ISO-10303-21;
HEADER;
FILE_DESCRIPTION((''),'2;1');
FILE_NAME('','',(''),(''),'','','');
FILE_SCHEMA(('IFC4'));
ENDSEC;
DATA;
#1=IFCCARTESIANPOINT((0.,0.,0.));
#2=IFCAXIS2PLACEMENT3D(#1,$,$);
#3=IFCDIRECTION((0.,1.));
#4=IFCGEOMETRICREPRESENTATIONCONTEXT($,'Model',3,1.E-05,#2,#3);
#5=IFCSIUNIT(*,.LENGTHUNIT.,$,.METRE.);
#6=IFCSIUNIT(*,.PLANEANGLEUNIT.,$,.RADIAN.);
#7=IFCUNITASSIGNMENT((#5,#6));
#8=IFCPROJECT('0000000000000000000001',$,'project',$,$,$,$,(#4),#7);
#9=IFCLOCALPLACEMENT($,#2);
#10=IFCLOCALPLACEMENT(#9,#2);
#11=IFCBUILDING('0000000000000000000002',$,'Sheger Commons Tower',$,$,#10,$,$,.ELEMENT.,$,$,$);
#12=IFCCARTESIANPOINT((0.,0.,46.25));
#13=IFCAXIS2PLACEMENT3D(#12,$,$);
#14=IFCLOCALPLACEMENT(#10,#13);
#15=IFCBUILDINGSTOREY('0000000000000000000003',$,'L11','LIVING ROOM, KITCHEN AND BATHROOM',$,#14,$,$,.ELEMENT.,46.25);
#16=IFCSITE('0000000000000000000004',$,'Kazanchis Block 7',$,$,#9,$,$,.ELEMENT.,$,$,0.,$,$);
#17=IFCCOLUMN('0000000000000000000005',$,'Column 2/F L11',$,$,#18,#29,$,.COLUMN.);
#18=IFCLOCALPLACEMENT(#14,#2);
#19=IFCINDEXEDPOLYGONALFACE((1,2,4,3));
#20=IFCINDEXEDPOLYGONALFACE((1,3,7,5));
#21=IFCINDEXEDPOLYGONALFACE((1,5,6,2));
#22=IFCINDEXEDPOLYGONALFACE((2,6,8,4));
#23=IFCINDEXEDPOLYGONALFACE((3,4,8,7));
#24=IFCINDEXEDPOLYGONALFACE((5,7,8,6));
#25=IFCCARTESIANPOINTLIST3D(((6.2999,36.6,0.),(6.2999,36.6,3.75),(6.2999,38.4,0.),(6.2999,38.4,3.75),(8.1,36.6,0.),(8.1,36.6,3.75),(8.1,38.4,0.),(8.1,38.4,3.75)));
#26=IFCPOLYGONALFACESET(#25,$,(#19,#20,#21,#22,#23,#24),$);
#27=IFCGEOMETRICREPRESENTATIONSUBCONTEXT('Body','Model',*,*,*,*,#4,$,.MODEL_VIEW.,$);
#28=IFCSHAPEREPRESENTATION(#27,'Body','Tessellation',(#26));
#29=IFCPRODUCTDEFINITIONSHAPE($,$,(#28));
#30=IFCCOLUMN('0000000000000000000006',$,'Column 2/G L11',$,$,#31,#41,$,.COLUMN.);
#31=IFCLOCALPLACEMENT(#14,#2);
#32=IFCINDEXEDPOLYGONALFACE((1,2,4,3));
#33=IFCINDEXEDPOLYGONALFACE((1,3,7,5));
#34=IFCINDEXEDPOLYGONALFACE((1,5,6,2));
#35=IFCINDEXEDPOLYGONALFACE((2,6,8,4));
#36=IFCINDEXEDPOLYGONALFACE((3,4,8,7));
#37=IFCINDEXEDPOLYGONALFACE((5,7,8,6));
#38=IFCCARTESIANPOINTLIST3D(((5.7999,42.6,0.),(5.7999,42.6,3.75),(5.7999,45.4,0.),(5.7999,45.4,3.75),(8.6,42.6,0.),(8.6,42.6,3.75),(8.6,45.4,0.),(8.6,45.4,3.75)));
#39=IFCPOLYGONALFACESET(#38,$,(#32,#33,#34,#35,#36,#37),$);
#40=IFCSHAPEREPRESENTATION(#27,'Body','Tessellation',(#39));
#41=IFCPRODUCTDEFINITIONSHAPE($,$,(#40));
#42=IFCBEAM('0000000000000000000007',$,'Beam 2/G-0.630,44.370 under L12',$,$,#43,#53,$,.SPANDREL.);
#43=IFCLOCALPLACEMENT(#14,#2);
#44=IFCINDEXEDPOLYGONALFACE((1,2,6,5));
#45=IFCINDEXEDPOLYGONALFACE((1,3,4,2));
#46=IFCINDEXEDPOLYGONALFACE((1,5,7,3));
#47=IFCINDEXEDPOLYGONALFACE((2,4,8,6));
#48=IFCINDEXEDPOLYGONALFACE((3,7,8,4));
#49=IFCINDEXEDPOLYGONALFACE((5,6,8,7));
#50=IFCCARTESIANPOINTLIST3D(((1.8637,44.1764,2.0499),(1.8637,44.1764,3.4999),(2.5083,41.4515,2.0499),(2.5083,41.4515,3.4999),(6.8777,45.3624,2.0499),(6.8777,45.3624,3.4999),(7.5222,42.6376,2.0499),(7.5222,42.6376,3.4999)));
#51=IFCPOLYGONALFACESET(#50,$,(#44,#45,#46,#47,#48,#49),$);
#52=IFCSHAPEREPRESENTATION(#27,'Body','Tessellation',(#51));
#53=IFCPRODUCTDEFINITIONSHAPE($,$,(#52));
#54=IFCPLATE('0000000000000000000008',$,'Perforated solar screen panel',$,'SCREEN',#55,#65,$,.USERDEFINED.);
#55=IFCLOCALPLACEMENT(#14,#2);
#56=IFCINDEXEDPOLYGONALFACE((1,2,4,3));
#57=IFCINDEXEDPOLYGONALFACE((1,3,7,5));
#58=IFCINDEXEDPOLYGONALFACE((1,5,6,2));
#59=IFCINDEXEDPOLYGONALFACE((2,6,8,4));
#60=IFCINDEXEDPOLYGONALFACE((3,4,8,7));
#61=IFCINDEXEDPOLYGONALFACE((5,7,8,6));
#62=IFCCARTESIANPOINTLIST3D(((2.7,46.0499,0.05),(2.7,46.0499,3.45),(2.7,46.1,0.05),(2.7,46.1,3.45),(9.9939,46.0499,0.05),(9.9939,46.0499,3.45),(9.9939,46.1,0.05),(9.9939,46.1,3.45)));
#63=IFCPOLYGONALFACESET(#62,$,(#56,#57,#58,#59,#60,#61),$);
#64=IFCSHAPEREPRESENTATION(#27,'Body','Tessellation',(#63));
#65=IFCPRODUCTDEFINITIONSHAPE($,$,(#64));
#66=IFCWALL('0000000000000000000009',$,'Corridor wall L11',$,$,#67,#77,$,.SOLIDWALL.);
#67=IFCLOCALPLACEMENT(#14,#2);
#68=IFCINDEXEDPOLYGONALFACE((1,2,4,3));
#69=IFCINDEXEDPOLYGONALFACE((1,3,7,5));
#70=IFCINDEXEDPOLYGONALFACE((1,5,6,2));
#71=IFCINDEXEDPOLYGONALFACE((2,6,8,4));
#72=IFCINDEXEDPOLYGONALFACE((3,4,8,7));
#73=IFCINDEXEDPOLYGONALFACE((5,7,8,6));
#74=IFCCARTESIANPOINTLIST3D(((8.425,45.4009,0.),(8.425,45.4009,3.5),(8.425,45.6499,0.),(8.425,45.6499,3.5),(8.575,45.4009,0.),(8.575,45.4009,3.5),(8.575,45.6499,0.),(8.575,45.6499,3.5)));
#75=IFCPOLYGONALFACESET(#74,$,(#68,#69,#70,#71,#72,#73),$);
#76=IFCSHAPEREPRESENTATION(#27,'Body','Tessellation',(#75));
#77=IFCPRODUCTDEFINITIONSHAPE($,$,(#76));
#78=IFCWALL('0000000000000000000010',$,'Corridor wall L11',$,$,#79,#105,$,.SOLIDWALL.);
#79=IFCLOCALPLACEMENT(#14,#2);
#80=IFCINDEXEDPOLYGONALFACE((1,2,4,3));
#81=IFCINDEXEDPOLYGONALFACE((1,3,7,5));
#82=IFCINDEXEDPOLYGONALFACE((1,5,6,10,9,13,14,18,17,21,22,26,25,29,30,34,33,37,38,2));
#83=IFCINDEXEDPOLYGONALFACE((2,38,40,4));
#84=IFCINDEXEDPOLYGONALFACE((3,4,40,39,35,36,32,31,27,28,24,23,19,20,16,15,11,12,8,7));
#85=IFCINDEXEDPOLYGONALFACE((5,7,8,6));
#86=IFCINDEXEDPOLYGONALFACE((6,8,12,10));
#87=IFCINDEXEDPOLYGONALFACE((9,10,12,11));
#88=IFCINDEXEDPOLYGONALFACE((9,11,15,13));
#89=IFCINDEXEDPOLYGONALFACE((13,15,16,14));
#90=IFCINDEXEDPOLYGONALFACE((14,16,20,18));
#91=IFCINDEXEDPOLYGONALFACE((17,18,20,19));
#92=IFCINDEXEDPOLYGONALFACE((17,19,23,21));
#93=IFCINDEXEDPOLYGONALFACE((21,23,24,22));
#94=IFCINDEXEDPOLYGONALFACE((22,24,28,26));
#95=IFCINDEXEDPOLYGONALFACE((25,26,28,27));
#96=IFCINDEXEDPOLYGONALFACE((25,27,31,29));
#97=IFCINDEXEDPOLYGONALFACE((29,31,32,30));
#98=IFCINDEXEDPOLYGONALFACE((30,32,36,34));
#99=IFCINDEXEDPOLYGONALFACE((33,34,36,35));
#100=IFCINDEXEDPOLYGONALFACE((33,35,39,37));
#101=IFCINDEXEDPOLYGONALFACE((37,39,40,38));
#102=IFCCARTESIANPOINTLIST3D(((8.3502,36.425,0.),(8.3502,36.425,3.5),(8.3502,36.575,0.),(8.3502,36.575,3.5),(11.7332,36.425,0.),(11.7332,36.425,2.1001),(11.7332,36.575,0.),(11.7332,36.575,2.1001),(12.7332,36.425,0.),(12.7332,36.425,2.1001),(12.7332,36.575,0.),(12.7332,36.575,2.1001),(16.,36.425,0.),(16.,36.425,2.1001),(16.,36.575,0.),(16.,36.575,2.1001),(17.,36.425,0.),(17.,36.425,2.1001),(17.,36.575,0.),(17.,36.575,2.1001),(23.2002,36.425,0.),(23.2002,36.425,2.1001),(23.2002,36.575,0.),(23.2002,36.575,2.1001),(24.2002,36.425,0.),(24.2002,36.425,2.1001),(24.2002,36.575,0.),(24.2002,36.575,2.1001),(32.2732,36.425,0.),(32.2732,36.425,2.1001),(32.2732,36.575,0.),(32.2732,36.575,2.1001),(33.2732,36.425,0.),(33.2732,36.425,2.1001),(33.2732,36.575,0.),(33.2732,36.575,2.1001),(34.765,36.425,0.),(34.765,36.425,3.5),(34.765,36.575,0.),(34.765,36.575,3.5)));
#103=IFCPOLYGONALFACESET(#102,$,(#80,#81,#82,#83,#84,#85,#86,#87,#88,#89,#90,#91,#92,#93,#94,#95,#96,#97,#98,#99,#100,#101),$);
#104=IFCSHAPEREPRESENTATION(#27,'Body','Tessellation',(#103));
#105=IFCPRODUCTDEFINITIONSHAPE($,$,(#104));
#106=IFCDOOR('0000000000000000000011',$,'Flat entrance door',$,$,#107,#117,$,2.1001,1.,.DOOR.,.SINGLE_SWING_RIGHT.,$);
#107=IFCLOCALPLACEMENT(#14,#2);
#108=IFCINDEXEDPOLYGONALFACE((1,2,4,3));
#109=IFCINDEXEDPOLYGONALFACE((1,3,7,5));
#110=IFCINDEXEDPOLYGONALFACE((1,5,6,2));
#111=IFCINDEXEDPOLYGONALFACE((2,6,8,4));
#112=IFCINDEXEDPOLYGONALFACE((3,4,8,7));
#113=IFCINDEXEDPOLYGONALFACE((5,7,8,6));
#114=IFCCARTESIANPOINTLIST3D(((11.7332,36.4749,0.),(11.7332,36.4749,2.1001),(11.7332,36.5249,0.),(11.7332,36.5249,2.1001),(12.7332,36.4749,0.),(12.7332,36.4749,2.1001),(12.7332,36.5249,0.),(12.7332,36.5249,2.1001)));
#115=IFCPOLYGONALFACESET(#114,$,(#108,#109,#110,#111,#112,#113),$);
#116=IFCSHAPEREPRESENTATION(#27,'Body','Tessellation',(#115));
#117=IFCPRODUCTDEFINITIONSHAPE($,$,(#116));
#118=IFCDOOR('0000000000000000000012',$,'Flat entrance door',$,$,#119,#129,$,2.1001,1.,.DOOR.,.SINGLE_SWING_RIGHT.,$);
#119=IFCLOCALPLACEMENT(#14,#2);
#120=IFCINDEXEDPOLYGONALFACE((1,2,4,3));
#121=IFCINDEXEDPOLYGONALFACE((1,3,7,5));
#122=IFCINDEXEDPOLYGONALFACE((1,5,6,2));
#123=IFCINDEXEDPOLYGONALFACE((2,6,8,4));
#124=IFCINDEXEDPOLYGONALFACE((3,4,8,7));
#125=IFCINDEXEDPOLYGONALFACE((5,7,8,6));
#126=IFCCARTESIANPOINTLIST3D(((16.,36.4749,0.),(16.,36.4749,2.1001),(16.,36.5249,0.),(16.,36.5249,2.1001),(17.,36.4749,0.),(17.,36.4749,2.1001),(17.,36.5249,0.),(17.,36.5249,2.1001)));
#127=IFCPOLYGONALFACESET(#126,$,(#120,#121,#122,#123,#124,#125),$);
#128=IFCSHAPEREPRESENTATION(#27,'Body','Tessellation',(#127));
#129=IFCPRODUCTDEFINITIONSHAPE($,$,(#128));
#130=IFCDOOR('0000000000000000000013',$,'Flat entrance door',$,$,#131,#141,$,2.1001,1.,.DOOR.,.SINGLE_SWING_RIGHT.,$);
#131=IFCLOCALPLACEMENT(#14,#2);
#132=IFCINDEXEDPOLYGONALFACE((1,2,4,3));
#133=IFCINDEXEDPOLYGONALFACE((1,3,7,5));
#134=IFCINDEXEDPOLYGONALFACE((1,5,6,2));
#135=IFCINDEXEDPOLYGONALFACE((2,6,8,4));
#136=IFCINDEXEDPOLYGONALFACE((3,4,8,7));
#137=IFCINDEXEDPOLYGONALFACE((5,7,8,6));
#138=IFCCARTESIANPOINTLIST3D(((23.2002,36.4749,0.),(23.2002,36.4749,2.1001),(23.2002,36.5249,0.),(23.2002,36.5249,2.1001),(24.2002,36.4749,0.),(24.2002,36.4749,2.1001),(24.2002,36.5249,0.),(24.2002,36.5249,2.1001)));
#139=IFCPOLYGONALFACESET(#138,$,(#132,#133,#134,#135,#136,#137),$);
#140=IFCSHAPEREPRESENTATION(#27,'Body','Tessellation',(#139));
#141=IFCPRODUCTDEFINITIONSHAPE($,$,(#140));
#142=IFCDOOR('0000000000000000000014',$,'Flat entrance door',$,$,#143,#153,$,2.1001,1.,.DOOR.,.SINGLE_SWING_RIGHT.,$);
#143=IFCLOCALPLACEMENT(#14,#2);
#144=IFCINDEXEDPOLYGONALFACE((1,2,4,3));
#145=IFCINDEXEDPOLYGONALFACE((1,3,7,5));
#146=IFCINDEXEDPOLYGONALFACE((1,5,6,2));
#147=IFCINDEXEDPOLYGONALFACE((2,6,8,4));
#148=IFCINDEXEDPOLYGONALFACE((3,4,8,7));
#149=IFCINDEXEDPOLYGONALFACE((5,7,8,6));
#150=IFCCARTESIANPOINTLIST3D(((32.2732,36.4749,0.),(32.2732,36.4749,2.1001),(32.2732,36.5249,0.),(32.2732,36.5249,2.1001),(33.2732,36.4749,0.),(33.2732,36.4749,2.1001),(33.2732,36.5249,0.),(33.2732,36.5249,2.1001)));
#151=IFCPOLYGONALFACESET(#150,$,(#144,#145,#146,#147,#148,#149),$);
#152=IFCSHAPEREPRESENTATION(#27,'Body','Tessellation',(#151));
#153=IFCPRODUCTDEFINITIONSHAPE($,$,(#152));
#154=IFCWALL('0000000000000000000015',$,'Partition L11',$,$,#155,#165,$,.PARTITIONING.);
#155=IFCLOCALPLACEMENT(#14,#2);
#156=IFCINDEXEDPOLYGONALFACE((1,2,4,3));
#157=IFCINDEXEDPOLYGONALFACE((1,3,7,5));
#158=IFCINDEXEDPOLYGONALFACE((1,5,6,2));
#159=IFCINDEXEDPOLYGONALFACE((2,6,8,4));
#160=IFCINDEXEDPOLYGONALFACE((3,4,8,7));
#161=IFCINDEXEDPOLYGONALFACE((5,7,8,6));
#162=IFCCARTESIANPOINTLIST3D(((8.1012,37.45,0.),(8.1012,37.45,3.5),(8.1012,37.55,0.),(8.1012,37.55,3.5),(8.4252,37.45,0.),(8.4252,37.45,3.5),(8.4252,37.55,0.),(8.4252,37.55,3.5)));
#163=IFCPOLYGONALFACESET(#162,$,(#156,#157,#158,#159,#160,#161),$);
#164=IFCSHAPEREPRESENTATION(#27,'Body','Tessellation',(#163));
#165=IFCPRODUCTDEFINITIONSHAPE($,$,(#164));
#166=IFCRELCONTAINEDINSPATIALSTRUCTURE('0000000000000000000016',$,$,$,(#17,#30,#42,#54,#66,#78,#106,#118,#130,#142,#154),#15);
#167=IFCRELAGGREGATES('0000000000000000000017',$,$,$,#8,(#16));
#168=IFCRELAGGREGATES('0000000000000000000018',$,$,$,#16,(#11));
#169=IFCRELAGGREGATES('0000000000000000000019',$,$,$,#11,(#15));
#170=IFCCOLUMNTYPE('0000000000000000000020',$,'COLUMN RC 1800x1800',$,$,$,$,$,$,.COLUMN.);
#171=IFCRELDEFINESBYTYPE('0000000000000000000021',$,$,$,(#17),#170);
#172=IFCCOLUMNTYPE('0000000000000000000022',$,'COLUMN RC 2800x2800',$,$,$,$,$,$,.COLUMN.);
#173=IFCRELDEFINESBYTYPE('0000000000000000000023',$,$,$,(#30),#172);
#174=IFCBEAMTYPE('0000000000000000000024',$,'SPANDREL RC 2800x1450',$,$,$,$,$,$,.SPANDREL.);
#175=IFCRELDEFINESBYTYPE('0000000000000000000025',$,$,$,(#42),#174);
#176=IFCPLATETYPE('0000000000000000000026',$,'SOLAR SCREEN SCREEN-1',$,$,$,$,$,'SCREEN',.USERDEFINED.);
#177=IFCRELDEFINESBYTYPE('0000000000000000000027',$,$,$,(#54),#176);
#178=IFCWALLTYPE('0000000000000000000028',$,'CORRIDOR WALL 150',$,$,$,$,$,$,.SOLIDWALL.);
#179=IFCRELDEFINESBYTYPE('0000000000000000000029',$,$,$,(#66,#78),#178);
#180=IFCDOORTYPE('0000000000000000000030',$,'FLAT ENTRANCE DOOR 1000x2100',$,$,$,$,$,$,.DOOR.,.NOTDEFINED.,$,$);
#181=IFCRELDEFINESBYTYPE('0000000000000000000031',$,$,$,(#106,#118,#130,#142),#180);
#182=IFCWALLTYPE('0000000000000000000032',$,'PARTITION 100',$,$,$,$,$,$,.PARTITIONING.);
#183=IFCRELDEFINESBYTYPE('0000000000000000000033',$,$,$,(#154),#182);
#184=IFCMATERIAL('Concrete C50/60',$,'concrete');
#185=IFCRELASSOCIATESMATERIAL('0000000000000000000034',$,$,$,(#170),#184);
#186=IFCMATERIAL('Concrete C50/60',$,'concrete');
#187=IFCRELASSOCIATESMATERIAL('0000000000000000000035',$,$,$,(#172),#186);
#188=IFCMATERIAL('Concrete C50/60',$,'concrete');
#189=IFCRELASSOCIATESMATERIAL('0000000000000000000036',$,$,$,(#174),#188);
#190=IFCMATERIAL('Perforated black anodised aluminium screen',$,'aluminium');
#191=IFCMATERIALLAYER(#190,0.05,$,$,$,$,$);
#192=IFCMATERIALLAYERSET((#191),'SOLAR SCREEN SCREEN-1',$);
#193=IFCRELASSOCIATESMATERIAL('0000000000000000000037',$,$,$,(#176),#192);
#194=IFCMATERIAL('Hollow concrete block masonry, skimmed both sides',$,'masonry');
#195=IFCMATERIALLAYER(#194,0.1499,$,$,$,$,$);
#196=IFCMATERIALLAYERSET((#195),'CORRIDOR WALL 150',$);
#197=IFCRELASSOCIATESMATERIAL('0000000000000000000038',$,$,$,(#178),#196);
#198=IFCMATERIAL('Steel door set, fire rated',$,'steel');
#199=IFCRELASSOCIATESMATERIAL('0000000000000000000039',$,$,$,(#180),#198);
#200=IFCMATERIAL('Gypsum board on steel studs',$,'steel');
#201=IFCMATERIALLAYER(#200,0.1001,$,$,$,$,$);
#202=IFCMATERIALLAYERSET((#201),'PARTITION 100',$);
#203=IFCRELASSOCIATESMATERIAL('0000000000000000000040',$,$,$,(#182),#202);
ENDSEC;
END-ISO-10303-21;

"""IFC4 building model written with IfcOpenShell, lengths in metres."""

from ifc_helpers import new_model, si_unit, direction, frame, frame_2d, origin, origin_2d, place, context, subcontext, project, spatial, rectangle, extrude, material, layer, layer_set, material_profile, profile_set, type_object, element, fill, save


model = new_model("IFC4")

# Units and contexts
model_context = context("Model", 3, precision=1e-05, world=origin(), true_north=direction((0.0, 1.0)))
body_context = subcontext(model_context, "Body", "Model", "MODEL_VIEW")
ifc_project = project(units=[si_unit("LENGTHUNIT", "METRE"), si_unit("PLANEANGLEUNIT", "RADIAN")], contexts=[model_context])

# Site, building, storey
site_placement = place(None, origin())
site = spatial("IfcSite", under=ifc_project, at=site_placement, Name="Kazanchis Block 7", CompositionType="ELEMENT", RefElevation=0.0)
building_placement = place(site_placement, origin())
building = spatial("IfcBuilding", under=site, at=building_placement, Name="Sheger Commons Tower", CompositionType="ELEMENT")
storey_placement = place(building_placement, frame((0.0, 0.0, 46.25)))
storey = spatial("IfcBuildingStorey", under=building, at=storey_placement, Name="L11", Description="LIVING ROOM, KITCHEN AND BATHROOM", CompositionType="ELEMENT", Elevation=46.25)

# Columns
ifc_material_1 = material(Name="Concrete C50/60", Category="concrete")
ifc_material_profile_1 = material_profile(ifc_material_1, rectangle(XDim=1.8, YDim=1.8, at=origin_2d()), Name="RC 1800x1800")
ifc_profile_set_1 = profile_set([ifc_material_profile_1], Name="Concrete C50/60")
column_type_1 = type_object("IfcColumnType", Name="COLUMN RC 1800x1800", PredefinedType="COLUMN", material=ifc_profile_set_1)
column_1_placement = place(storey_placement, frame((7.2, 37.5, 0.0), z_axis=(0.0, 0.0, 1.0), x_axis=(1.0, 0.0, 0.0)))
element("IfcColumn", 1, at=column_1_placement, inside=storey, type_object=column_type_1, Name="Column 2/F L11", PredefinedType="COLUMN", context=body_context, shape_type="SweptSolid", body=[
    extrude(rectangle(XDim=1.8, YDim=1.8, at=origin_2d()), origin(), (0.0, 0.0, 1.0), 3.75),
])
ifc_material_2 = material(Name="Concrete C50/60", Category="concrete")
ifc_material_profile_2 = material_profile(ifc_material_2, rectangle(XDim=2.8, YDim=2.8, at=origin_2d()), Name="RC 2800x2800")
ifc_profile_set_2 = profile_set([ifc_material_profile_2], Name="Concrete C50/60")
column_type_2 = type_object("IfcColumnType", Name="COLUMN RC 2800x2800", PredefinedType="COLUMN", material=ifc_profile_set_2)
column_2_placement = place(storey_placement, frame((7.2, 44.0, 0.0), z_axis=(0.0, 0.0, 1.0), x_axis=(1.0, 0.0, 0.0)))
element("IfcColumn", 2, at=column_2_placement, inside=storey, type_object=column_type_2, Name="Column 2/G L11", PredefinedType="COLUMN", context=body_context, shape_type="SweptSolid", body=[
    extrude(rectangle(XDim=2.8, YDim=2.8, at=origin_2d()), origin(), (0.0, 0.0, 1.0), 3.75),
])

# Beam
ifc_material_3 = material(Name="Concrete C50/60", Category="concrete")
ifc_material_profile_3 = material_profile(ifc_material_3, rectangle(XDim=2.8, YDim=1.45, at=origin_2d()), Name="RC 2800x1450")
ifc_profile_set_3 = profile_set([ifc_material_profile_3], Name="Concrete C50/60")
beam_type = type_object("IfcBeamType", Name="SPANDREL RC 2800x1450", PredefinedType="SPANDREL", material=ifc_profile_set_3)
beam_placement = place(storey_placement, frame((7.2, 44.0, 2.7749), z_axis=(-0.973144, -0.230196, 0.0), x_axis=(0.230196, -0.973144, 0.0)))
element("IfcBeam", 3, at=beam_placement, inside=storey, type_object=beam_type, Name="Beam 2/G-0.630,44.370 under L12", PredefinedType="SPANDREL", context=body_context, shape_type="SweptSolid", body=[
    extrude(rectangle(XDim=2.8, YDim=1.45, at=origin_2d()), origin(), (0.0, 0.0, 1.0), 5.1523),
])

# Plate
ifc_material_4 = material(Name="Perforated black anodised aluminium screen", Category="aluminium")
ifc_layer_1 = layer(ifc_material_4, 0.05)
ifc_layer_set_1 = layer_set([ifc_layer_1], Name="SOLAR SCREEN SCREEN-1")
plate_type = type_object("IfcPlateType", Name="SOLAR SCREEN SCREEN-1", ElementType="SCREEN", PredefinedType="USERDEFINED", material=ifc_layer_set_1)
plate_placement = place(storey_placement, frame((6.3469, 46.075, 0.05), z_axis=(0.0, 0.0, 1.0), x_axis=(-1.0, 0.0, 0.0)))
element("IfcPlate", 4, at=plate_placement, inside=storey, type_object=plate_type, Name="Perforated solar screen panel", ObjectType="SCREEN", PredefinedType="USERDEFINED", context=body_context, shape_type="SweptSolid", body=[
    extrude(rectangle(XDim=7.2939, YDim=0.05, at=origin_2d()), origin(), (0.0, 0.0, 1.0), 3.3999),
])

# Wall
ifc_material_5 = material(Name="Hollow concrete block masonry, skimmed both sides", Category="masonry")
ifc_layer_2 = layer(ifc_material_5, 0.1499)
ifc_layer_set_2 = layer_set([ifc_layer_2], Name="CORRIDOR WALL 150")
wall_type_1 = type_object("IfcWallType", Name="CORRIDOR WALL 150", PredefinedType="SOLIDWALL", material=ifc_layer_set_2)
wall_1_placement = place(storey_placement, frame((8.5, 45.4009, 0.0), z_axis=(0.0, 0.0, 1.0), x_axis=(0.0, 1.0, 0.0)))
element("IfcWall", 5, at=wall_1_placement, inside=storey, type_object=wall_type_1, Name="Corridor wall L11", PredefinedType="SOLIDWALL", context=body_context, shape_type="SweptSolid", body=[
    extrude(rectangle(XDim=0.249, YDim=0.1499, at=frame_2d((0.1245, 0.0))), origin(), (0.0, 0.0, 1.0), 3.5),
])

# Wall, openings, doors
wall_2_placement = place(storey_placement, frame((8.3501, 36.5, 0.0), z_axis=(0.0, 0.0, 1.0), x_axis=(1.0, 0.0, 0.0)))
wall_2 = element("IfcWall", 6, at=wall_2_placement, inside=storey, type_object=wall_type_1, Name="Corridor wall L11", PredefinedType="SOLIDWALL", context=body_context, shape_type="SweptSolid", body=[
    extrude(rectangle(XDim=26.4148, YDim=0.1499, at=frame_2d((13.2075, 0.0))), origin(), (0.0, 0.0, 1.0), 3.5),
])
opening_1_placement = place(wall_2_placement, frame((3.3831, 0.0, 0.0)))
opening_1 = element("IfcOpeningElement", 7, at=opening_1_placement, cuts=wall_2, PredefinedType="OPENING", context=body_context, shape_type="SweptSolid", body=[
    extrude(rectangle(XDim=1.0, YDim=2.1001, at=frame_2d((0.5, 1.05))), frame((0.0, 0.085, 0.0), z_axis=(0.0, -1.0, 0.0), x_axis=(1.0, 0.0, 0.0)), (0.0, 0.0, 1.0), 0.1699),
])
opening_2_placement = place(wall_2_placement, frame((7.6499, 0.0, 0.0)))
opening_2 = element("IfcOpeningElement", 8, at=opening_2_placement, cuts=wall_2, PredefinedType="OPENING", context=body_context, shape_type="SweptSolid", body=[
    extrude(rectangle(XDim=1.0, YDim=2.1001, at=frame_2d((0.5, 1.05))), frame((0.0, 0.085, 0.0), z_axis=(0.0, -1.0, 0.0), x_axis=(1.0, 0.0, 0.0)), (0.0, 0.0, 1.0), 0.1699),
])
opening_3_placement = place(wall_2_placement, frame((14.8501, 0.0, 0.0)))
opening_3 = element("IfcOpeningElement", 9, at=opening_3_placement, cuts=wall_2, PredefinedType="OPENING", context=body_context, shape_type="SweptSolid", body=[
    extrude(rectangle(XDim=1.0, YDim=2.1001, at=frame_2d((0.5, 1.05))), frame((0.0, 0.085, 0.0), z_axis=(0.0, -1.0, 0.0), x_axis=(1.0, 0.0, 0.0)), (0.0, 0.0, 1.0), 0.1699),
])
opening_4_placement = place(wall_2_placement, frame((23.9231, 0.0, 0.0)))
opening_4 = element("IfcOpeningElement", 10, at=opening_4_placement, cuts=wall_2, PredefinedType="OPENING", context=body_context, shape_type="SweptSolid", body=[
    extrude(rectangle(XDim=1.0, YDim=2.1001, at=frame_2d((0.5, 1.05))), frame((0.0, 0.085, 0.0), z_axis=(0.0, -1.0, 0.0), x_axis=(1.0, 0.0, 0.0)), (0.0, 0.0, 1.0), 0.1699),
])
ifc_material_6 = material(Name="Steel door set, fire rated", Category="steel")
door_type_1 = type_object("IfcDoorType", Name="FLAT ENTRANCE DOOR 1000x2100", OperationType="NOTDEFINED", PredefinedType="DOOR", material=ifc_material_6)
door_1_placement = place(opening_1_placement, origin())
door_1 = element("IfcDoor", 11, at=door_1_placement, inside=storey, type_object=door_type_1, Name="Flat entrance door", OperationType="SINGLE_SWING_RIGHT", OverallHeight=2.1001, OverallWidth=1.0, PredefinedType="DOOR", context=body_context, shape_type="SweptSolid", body=[
    extrude(rectangle(XDim=1.0, YDim=2.1001, at=frame_2d((0.5, 1.05))), frame((0.0, 0.0249, 0.0), z_axis=(0.0, -1.0, 0.0), x_axis=(1.0, 0.0, 0.0)), (0.0, 0.0, 1.0), 0.05),
])
fill(opening_1, door_1)
door_2_placement = place(opening_2_placement, origin())
door_2 = element("IfcDoor", 12, at=door_2_placement, inside=storey, type_object=door_type_1, Name="Flat entrance door", OperationType="SINGLE_SWING_RIGHT", OverallHeight=2.1001, OverallWidth=1.0, PredefinedType="DOOR", context=body_context, shape_type="SweptSolid", body=[
    extrude(rectangle(XDim=1.0, YDim=2.1001, at=frame_2d((0.5, 1.05))), frame((0.0, 0.0249, 0.0), z_axis=(0.0, -1.0, 0.0), x_axis=(1.0, 0.0, 0.0)), (0.0, 0.0, 1.0), 0.05),
])
fill(opening_2, door_2)
door_3_placement = place(opening_3_placement, origin())
door_3 = element("IfcDoor", 13, at=door_3_placement, inside=storey, type_object=door_type_1, Name="Flat entrance door", OperationType="SINGLE_SWING_RIGHT", OverallHeight=2.1001, OverallWidth=1.0, PredefinedType="DOOR", context=body_context, shape_type="SweptSolid", body=[
    extrude(rectangle(XDim=1.0, YDim=2.1001, at=frame_2d((0.5, 1.05))), frame((0.0, 0.0249, 0.0), z_axis=(0.0, -1.0, 0.0), x_axis=(1.0, 0.0, 0.0)), (0.0, 0.0, 1.0), 0.05),
])
fill(opening_3, door_3)
door_4_placement = place(opening_4_placement, origin())
door_4 = element("IfcDoor", 14, at=door_4_placement, inside=storey, type_object=door_type_1, Name="Flat entrance door", OperationType="SINGLE_SWING_RIGHT", OverallHeight=2.1001, OverallWidth=1.0, PredefinedType="DOOR", context=body_context, shape_type="SweptSolid", body=[
    extrude(rectangle(XDim=1.0, YDim=2.1001, at=frame_2d((0.5, 1.05))), frame((0.0, 0.0249, 0.0), z_axis=(0.0, -1.0, 0.0), x_axis=(1.0, 0.0, 0.0)), (0.0, 0.0, 1.0), 0.05),
])
fill(opening_4, door_4)

# Wall
ifc_material_7 = material(Name="Gypsum board on steel studs", Category="steel")
ifc_layer_3 = layer(ifc_material_7, 0.1001)
ifc_layer_set_3 = layer_set([ifc_layer_3], Name="PARTITION 100")
wall_type_2 = type_object("IfcWallType", Name="PARTITION 100", PredefinedType="PARTITIONING", material=ifc_layer_set_3)
wall_3_placement = place(storey_placement, frame((8.1011, 37.5, 0.0), z_axis=(0.0, 0.0, 1.0), x_axis=(1.0, 0.0, 0.0)))
element("IfcWall", 15, at=wall_3_placement, inside=storey, type_object=wall_type_2, Name="Partition L11", PredefinedType="PARTITIONING", context=body_context, shape_type="SweptSolid", body=[
    extrude(rectangle(XDim=0.324, YDim=0.1001, at=frame_2d((0.1621, 0.0))), origin(), (0.0, 0.0, 1.0), 3.5),
])

save(model, "model.ifc")
